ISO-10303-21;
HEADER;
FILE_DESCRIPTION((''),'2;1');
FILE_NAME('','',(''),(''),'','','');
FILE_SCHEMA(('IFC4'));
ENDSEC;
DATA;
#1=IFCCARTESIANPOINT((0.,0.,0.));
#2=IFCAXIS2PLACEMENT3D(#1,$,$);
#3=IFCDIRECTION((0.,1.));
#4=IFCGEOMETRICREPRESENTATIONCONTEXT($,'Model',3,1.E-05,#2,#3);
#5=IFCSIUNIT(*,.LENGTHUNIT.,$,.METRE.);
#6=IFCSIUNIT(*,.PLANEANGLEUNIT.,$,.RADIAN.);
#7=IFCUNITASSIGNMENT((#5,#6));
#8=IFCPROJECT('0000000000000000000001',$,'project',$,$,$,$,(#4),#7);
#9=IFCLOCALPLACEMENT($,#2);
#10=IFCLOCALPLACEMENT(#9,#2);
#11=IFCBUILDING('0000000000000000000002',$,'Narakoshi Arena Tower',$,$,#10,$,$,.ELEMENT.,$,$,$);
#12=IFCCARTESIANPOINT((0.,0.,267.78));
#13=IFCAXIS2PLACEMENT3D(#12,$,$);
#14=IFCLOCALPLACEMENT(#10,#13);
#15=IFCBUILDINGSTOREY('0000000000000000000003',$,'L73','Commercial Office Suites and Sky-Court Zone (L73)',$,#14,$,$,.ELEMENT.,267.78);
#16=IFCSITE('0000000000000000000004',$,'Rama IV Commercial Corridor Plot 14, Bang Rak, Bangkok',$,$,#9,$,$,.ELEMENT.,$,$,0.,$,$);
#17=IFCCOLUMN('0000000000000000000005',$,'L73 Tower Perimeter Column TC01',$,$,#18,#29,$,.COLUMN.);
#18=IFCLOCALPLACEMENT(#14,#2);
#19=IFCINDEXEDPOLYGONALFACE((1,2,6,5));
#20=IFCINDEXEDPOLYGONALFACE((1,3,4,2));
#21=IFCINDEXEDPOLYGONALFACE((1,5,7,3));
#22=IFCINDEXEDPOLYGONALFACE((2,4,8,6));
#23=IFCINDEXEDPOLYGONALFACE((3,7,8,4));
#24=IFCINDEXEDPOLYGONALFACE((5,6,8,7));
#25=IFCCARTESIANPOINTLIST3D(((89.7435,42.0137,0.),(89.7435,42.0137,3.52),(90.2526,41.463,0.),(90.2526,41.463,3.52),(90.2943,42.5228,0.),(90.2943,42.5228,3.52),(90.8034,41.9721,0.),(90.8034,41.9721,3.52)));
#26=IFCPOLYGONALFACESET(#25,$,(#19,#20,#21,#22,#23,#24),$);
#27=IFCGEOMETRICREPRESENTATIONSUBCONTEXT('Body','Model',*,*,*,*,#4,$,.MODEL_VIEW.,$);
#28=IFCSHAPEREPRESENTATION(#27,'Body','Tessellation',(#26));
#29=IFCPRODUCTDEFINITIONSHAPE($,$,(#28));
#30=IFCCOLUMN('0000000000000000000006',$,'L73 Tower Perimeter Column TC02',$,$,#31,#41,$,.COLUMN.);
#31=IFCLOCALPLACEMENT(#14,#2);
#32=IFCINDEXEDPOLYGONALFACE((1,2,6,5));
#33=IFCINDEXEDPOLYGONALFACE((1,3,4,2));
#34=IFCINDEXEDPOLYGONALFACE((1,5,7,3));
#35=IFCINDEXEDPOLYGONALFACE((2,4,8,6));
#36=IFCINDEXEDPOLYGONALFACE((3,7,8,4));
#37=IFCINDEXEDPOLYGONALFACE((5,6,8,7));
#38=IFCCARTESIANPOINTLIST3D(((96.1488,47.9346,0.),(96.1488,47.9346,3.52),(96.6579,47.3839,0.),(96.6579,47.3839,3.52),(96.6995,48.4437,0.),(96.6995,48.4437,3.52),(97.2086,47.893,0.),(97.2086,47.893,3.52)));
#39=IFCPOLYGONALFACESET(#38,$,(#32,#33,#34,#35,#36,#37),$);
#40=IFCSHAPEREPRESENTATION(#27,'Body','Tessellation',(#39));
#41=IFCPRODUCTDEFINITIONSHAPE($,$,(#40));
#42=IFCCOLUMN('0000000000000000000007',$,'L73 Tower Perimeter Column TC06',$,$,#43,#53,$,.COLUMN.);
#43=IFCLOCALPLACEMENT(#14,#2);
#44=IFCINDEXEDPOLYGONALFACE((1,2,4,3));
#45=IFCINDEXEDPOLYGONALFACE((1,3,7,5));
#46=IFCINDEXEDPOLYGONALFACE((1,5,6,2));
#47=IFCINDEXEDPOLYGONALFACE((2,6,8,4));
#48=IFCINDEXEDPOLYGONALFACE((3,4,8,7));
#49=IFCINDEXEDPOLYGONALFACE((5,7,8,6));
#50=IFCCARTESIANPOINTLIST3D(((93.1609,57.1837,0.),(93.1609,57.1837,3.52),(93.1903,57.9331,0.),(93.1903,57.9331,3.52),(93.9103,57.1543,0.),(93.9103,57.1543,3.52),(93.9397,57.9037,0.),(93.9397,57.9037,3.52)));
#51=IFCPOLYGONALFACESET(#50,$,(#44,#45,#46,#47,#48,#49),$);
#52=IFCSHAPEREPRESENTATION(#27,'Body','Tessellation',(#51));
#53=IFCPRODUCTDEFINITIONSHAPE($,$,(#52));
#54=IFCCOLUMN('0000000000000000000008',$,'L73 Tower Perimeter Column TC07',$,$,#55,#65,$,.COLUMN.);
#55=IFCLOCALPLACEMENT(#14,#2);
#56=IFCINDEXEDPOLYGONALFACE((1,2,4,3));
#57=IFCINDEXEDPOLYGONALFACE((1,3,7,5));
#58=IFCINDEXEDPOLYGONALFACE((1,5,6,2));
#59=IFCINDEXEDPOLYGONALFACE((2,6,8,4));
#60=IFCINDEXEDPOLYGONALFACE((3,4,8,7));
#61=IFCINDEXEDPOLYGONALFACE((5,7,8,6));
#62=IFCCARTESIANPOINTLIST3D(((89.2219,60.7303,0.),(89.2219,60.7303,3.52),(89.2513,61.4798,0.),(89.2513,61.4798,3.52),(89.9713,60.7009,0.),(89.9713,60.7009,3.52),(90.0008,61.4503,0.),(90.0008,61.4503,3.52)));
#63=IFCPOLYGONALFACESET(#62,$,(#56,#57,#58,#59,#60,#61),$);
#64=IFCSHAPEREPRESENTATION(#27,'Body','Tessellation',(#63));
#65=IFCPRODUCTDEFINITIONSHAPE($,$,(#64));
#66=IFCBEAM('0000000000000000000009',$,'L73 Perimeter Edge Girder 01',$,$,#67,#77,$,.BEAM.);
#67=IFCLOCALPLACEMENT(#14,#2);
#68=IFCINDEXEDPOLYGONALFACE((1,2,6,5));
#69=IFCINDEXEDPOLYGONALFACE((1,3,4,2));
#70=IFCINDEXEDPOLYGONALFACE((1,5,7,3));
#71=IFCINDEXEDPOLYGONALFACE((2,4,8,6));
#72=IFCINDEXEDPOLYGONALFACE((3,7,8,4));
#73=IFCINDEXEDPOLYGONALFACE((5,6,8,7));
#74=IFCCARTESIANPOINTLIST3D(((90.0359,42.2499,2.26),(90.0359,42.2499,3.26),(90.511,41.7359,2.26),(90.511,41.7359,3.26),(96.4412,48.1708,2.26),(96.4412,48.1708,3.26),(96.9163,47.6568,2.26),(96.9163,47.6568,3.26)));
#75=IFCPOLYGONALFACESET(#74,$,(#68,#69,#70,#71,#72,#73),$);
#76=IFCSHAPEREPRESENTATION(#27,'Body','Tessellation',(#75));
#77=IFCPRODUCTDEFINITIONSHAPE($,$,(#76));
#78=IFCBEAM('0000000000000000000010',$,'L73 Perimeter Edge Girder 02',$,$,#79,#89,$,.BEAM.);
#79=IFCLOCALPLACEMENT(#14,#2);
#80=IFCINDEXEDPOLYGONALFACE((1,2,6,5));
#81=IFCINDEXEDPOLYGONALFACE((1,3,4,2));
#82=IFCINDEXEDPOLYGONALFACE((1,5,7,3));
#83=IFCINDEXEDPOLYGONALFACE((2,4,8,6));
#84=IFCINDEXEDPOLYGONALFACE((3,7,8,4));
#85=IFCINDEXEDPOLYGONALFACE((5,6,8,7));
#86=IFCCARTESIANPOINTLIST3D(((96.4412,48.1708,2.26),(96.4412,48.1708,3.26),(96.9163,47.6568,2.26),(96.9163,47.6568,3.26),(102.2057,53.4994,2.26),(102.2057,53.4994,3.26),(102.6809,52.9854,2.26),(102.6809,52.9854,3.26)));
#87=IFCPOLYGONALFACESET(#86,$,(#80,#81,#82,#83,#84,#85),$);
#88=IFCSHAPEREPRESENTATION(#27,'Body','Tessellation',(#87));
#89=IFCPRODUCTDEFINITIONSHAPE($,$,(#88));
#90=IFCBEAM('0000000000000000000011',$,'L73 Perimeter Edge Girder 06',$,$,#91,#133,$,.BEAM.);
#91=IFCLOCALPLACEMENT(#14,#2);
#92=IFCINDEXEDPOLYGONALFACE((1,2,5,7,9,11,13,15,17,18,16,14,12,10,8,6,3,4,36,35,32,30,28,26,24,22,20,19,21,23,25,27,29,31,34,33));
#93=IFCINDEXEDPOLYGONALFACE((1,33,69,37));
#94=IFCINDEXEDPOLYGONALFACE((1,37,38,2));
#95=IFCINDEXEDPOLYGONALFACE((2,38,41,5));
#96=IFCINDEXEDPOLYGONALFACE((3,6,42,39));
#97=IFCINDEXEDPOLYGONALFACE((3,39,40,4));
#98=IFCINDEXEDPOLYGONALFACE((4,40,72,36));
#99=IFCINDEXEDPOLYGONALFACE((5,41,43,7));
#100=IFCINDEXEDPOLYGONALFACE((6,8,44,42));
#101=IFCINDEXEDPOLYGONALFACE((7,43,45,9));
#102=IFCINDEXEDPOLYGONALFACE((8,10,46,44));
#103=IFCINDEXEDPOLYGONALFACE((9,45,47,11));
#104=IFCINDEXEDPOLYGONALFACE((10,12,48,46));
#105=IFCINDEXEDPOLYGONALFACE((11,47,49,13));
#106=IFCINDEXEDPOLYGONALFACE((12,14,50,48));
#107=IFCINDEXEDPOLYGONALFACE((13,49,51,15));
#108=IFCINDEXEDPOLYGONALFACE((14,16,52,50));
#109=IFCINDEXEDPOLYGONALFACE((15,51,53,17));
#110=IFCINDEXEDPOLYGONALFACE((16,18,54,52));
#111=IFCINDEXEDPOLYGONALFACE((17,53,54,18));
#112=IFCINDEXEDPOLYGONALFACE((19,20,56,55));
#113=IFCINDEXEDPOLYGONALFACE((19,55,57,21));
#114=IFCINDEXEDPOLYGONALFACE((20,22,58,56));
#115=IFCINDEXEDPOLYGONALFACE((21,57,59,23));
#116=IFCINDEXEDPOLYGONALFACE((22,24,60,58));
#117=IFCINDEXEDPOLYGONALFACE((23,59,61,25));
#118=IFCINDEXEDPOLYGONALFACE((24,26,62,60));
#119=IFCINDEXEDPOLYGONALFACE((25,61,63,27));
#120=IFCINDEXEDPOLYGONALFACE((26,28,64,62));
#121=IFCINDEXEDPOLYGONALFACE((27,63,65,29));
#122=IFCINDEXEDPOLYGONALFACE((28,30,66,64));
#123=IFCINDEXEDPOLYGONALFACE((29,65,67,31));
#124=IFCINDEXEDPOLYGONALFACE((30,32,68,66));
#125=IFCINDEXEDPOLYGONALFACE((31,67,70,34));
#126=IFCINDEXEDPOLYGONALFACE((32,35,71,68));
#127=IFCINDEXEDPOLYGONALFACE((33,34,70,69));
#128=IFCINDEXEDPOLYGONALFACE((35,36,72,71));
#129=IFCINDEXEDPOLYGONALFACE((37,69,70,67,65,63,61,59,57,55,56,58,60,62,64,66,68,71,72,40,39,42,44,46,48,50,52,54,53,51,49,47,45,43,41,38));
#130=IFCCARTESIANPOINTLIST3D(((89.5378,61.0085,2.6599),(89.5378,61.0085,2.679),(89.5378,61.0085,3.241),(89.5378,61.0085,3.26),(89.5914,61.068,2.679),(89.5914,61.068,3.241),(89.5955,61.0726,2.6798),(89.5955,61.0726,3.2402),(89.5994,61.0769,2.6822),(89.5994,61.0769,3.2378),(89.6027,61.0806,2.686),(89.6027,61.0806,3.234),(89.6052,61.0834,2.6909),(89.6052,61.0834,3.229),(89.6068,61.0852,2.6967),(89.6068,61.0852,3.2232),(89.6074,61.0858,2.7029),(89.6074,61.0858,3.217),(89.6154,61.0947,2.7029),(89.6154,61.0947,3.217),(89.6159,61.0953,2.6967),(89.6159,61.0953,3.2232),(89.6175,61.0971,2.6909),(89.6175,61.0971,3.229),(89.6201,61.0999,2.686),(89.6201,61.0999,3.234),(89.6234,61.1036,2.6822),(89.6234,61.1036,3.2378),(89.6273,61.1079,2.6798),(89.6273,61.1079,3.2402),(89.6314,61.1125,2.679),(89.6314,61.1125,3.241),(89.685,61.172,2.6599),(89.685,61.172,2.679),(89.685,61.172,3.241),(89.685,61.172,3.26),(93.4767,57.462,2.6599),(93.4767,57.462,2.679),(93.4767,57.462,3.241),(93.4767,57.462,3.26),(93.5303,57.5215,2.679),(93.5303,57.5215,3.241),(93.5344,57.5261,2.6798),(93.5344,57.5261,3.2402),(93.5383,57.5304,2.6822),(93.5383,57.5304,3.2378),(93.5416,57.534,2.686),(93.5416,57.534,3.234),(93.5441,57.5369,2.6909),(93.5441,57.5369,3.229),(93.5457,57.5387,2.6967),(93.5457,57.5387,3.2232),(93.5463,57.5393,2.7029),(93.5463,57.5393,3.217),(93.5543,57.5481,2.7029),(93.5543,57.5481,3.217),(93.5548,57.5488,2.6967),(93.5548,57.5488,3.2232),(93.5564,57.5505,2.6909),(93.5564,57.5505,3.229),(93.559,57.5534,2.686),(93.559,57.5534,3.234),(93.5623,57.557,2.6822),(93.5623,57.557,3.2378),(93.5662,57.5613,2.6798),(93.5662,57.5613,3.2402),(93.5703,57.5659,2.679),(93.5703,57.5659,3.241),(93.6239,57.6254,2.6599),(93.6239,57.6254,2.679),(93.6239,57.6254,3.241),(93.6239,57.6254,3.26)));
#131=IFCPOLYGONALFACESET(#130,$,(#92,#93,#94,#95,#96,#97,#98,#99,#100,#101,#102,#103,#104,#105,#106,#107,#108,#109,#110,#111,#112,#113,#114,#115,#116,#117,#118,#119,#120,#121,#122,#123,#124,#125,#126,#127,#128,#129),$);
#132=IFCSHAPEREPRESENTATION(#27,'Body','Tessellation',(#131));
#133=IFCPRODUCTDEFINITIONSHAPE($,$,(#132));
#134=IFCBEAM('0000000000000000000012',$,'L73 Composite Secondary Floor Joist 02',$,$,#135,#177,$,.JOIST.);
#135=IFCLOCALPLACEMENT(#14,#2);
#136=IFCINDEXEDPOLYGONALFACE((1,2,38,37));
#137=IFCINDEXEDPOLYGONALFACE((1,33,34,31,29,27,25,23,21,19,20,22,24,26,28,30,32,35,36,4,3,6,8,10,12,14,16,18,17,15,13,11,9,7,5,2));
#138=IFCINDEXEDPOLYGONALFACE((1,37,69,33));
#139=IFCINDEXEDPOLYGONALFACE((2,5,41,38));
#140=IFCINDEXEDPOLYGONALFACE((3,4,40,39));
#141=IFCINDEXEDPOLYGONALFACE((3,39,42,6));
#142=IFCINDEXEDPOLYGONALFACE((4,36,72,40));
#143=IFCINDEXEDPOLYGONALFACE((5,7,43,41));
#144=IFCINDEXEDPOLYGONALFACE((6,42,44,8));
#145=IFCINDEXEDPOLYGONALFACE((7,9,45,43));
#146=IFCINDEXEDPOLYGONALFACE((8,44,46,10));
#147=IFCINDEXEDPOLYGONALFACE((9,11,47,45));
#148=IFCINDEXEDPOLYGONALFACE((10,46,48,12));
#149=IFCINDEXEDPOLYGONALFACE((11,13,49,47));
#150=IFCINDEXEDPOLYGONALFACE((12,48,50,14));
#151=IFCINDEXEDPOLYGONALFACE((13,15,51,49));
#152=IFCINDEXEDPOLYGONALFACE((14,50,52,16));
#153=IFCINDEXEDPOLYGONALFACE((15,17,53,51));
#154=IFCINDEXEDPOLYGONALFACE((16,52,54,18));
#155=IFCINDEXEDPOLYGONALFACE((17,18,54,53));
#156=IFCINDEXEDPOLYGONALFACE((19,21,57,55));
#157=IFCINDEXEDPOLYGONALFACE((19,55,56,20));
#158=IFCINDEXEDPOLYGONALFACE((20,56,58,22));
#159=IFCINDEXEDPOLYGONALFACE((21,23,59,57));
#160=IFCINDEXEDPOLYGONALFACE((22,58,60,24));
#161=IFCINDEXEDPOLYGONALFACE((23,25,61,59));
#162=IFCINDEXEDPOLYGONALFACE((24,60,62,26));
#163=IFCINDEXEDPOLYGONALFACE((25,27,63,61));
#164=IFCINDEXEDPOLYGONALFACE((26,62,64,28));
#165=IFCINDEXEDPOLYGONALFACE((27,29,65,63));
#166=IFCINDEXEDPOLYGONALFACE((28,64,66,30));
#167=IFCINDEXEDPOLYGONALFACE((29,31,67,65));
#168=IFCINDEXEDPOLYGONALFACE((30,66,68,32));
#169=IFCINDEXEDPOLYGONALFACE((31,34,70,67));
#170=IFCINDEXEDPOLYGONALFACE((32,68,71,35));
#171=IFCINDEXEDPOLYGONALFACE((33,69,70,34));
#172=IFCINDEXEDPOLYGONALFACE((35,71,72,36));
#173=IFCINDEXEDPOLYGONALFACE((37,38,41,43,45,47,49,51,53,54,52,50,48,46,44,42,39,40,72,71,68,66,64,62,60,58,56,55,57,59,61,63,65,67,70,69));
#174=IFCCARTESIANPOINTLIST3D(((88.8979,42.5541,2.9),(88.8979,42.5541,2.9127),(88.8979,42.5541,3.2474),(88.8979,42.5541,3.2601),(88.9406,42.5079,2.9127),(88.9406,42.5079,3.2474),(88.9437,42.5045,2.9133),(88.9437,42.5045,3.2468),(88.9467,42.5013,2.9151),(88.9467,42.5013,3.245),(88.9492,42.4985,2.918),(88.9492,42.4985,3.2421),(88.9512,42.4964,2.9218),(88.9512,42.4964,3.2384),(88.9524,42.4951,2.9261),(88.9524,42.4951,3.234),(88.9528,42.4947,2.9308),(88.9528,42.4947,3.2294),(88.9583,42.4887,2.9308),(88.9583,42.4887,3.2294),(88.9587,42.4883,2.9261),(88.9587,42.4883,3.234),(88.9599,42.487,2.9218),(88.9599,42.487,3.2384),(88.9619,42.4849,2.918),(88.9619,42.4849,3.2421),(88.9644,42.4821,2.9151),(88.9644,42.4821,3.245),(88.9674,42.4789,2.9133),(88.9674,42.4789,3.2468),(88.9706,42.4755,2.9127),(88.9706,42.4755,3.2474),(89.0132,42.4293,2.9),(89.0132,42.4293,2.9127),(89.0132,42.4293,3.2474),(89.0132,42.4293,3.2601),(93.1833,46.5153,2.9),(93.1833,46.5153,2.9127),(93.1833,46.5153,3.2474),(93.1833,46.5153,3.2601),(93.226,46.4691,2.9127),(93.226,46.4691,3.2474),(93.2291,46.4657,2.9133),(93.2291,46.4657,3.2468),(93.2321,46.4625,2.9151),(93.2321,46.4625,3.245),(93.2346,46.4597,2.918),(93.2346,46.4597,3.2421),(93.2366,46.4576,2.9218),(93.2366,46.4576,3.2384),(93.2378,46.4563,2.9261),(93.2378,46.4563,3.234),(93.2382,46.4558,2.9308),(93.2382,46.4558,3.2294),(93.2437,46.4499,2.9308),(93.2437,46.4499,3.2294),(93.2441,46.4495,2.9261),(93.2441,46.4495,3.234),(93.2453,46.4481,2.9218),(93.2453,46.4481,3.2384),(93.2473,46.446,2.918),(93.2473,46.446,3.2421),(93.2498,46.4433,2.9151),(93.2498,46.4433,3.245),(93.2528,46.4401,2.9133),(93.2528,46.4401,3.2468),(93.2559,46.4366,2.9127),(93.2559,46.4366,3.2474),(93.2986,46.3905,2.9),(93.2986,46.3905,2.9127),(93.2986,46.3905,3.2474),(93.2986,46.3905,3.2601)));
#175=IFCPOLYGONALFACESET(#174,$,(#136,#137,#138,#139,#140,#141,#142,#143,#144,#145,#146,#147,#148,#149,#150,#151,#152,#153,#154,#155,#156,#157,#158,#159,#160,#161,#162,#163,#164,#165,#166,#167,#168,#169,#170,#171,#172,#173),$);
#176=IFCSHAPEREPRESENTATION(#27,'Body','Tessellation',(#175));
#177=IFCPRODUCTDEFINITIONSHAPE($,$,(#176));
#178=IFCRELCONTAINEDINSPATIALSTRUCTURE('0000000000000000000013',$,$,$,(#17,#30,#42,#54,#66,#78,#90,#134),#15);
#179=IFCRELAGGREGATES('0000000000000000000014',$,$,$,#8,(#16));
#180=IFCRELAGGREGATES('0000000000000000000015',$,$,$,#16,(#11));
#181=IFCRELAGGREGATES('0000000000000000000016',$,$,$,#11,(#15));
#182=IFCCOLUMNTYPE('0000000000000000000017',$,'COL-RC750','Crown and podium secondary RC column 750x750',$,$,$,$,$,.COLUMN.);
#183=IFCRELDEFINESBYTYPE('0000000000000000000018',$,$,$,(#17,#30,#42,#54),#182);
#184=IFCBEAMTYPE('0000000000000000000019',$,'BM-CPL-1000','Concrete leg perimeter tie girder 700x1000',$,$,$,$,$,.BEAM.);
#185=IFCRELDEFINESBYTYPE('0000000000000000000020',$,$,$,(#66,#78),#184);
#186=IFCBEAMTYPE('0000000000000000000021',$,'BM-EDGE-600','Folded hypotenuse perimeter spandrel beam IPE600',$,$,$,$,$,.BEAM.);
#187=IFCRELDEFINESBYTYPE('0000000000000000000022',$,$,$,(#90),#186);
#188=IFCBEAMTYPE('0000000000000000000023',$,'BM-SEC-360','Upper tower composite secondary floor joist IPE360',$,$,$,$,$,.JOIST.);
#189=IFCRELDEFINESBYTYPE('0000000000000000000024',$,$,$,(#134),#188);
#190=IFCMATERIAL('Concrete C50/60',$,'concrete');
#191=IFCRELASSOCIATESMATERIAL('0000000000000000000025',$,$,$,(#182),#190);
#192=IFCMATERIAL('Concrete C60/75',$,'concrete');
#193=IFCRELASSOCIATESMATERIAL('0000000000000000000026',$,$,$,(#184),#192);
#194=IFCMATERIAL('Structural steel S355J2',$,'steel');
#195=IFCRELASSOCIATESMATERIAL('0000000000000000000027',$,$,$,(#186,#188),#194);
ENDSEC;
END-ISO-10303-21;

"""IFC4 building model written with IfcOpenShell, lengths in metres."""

from ifc_helpers import new_model, si_unit, direction, frame, origin, origin_2d, place, context, subcontext, project, spatial, rectangle, i_section, extrude, material, material_profile, profile_set, type_object, element, save


model = new_model("IFC4")

# Units and contexts
model_context = context("Model", 3, precision=1e-05, world=origin(), true_north=direction((0.0, 1.0)))
body_context = subcontext(model_context, "Body", "Model", "MODEL_VIEW")
ifc_project = project(units=[si_unit("LENGTHUNIT", "METRE"), si_unit("PLANEANGLEUNIT", "RADIAN")], contexts=[model_context])

# Site, building, storey
site_placement = place(None, origin())
site = spatial("IfcSite", under=ifc_project, at=site_placement, Name="Rama IV Commercial Corridor Plot 14, Bang Rak, Bangkok", CompositionType="ELEMENT", RefElevation=0.0)
building_placement = place(site_placement, origin())
building = spatial("IfcBuilding", under=site, at=building_placement, Name="Narakoshi Arena Tower", CompositionType="ELEMENT")
storey_placement = place(building_placement, frame((0.0, 0.0, 267.78)))
storey = spatial("IfcBuildingStorey", under=building, at=storey_placement, Name="L73", Description="Commercial Office Suites and Sky-Court Zone (L73)", CompositionType="ELEMENT", Elevation=267.78)

# Columns
ifc_material_1 = material(Name="Concrete C50/60", Category="concrete")
ifc_material_profile_1 = material_profile(ifc_material_1, rectangle(XDim=0.75, YDim=0.75, at=origin_2d()), Name="RC750x750")
ifc_profile_set_1 = profile_set([ifc_material_profile_1], Name="Concrete C50/60")
column_type = type_object("IfcColumnType", Name="COL-RC750", Description="Crown and podium secondary RC column 750x750", PredefinedType="COLUMN", material=ifc_profile_set_1)
for number, where, z_axis, x_axis, name in (
    (1, (90.2734, 41.9929, 0.0), (0.0, 0.0, 1.0), (0.734323, 0.678801, 0.0), "L73 Tower Perimeter Column TC01"),
    (2, (96.6787, 47.9138, 0.0), (0.0, 0.0, 1.0), (0.734323, 0.678801, 0.0), "L73 Tower Perimeter Column TC02"),
    (3, (93.5503, 57.5437, 0.0), (0.0, 0.0, 1.0), (0.03926, 0.999229, 0.0), "L73 Tower Perimeter Column TC06"),
    (4, (89.6113, 61.0903, 0.0), (0.0, 0.0, 1.0), (0.03926, 0.999229, 0.0), "L73 Tower Perimeter Column TC07"),
):
    element("IfcColumn", number, at=place(storey_placement, frame(where, z_axis=z_axis, x_axis=x_axis)), inside=storey, type_object=column_type, Name=name, PredefinedType="COLUMN", context=body_context, shape_type="SweptSolid", body=[
        extrude(rectangle(XDim=0.75, YDim=0.75, at=origin_2d()), origin(), (0.0, 0.0, 1.0), 3.52),
    ])

# Beams
ifc_material_2 = material(Name="Concrete C60/75", Category="concrete")
ifc_material_profile_2 = material_profile(ifc_material_2, rectangle(XDim=0.7, YDim=1.0, at=origin_2d()), Name="RCB700x1000")
ifc_profile_set_2 = profile_set([ifc_material_profile_2], Name="Concrete C60/75")
beam_type_1 = type_object("IfcBeamType", Name="BM-CPL-1000", Description="Concrete leg perimeter tie girder 700x1000", PredefinedType="BEAM", material=ifc_profile_set_2)
beam_1_placement = place(storey_placement, frame((90.2734, 41.9929, 2.76), z_axis=(0.734327, 0.678796, 0.0), x_axis=(-0.678796, 0.734327, 0.0)))
element("IfcBeam", 5, at=beam_1_placement, inside=storey, type_object=beam_type_1, Name="L73 Perimeter Edge Girder 01", PredefinedType="BEAM", context=body_context, shape_type="SweptSolid", body=[
    extrude(rectangle(XDim=0.7, YDim=1.0, at=origin_2d()), origin(), (0.0, 0.0, 1.0), 8.7227),
])
beam_2_placement = place(storey_placement, frame((96.6787, 47.9138, 2.76), z_axis=(0.734333, 0.678789, 0.0), x_axis=(-0.678789, 0.734333, 0.0)))
element("IfcBeam", 6, at=beam_2_placement, inside=storey, type_object=beam_type_1, Name="L73 Perimeter Edge Girder 02", PredefinedType="BEAM", context=body_context, shape_type="SweptSolid", body=[
    extrude(rectangle(XDim=0.7, YDim=1.0, at=origin_2d()), origin(), (0.0, 0.0, 1.0), 7.8501),
])
ifc_material_3 = material(Name="Structural steel S355J2", Category="steel")
ifc_material_profile_3 = material_profile(ifc_material_3, i_section(OverallWidth=0.22, OverallDepth=0.6001, WebThickness=0.012, FlangeThickness=0.019, FilletRadius=0.0239, at=origin_2d()), Name="IPE600")
ifc_profile_set_3 = profile_set([ifc_material_profile_3], Name="Structural steel S355J2")
beam_type_2 = type_object("IfcBeamType", Name="BM-EDGE-600", Description="Folded hypotenuse perimeter spandrel beam IPE600", PredefinedType="BEAM", material=ifc_profile_set_3)
beam_3_placement = place(storey_placement, frame((93.5503, 57.5437, 2.96), z_axis=(-0.743148, 0.669128, 0.0), x_axis=(-0.669128, -0.743148, 0.0)))
element("IfcBeam", 7, at=beam_3_placement, inside=storey, type_object=beam_type_2, Name="L73 Perimeter Edge Girder 06", PredefinedType="BEAM", context=body_context, shape_type="SweptSolid", body=[
    extrude(i_section(OverallWidth=0.22, OverallDepth=0.6001, WebThickness=0.012, FlangeThickness=0.019, FilletRadius=0.0239, at=origin_2d()), origin(), (0.0, 0.0, 1.0), 5.3003),
])
ifc_material_profile_4 = material_profile(ifc_material_3, i_section(OverallWidth=0.1699, OverallDepth=0.3601, WebThickness=0.0081, FlangeThickness=0.0127, FilletRadius=0.0181, at=origin_2d()), Name="IPE360")
ifc_profile_set_4 = profile_set([ifc_material_profile_4], Name="Structural steel S355J2")
beam_type_3 = type_object("IfcBeamType", Name="BM-SEC-360", Description="Upper tower composite secondary floor joist IPE360", PredefinedType="JOIST", material=ifc_profile_set_4)
beam_4_placement = place(storey_placement, frame((88.9556, 42.4917, 3.0801), z_axis=(0.73434, 0.678782, 0.0), x_axis=(-0.678782, 0.73434, 0.0)))
element("IfcBeam", 8, at=beam_4_placement, inside=storey, type_object=beam_type_3, Name="L73 Composite Secondary Floor Joist 02", PredefinedType="JOIST", context=body_context, shape_type="SweptSolid", body=[
    extrude(i_section(OverallWidth=0.1699, OverallDepth=0.3601, WebThickness=0.0081, FlangeThickness=0.0127, FilletRadius=0.0181, at=origin_2d()), origin(), (0.0, 0.0, 1.0), 5.8357),
])

save(model, "model.ifc")
